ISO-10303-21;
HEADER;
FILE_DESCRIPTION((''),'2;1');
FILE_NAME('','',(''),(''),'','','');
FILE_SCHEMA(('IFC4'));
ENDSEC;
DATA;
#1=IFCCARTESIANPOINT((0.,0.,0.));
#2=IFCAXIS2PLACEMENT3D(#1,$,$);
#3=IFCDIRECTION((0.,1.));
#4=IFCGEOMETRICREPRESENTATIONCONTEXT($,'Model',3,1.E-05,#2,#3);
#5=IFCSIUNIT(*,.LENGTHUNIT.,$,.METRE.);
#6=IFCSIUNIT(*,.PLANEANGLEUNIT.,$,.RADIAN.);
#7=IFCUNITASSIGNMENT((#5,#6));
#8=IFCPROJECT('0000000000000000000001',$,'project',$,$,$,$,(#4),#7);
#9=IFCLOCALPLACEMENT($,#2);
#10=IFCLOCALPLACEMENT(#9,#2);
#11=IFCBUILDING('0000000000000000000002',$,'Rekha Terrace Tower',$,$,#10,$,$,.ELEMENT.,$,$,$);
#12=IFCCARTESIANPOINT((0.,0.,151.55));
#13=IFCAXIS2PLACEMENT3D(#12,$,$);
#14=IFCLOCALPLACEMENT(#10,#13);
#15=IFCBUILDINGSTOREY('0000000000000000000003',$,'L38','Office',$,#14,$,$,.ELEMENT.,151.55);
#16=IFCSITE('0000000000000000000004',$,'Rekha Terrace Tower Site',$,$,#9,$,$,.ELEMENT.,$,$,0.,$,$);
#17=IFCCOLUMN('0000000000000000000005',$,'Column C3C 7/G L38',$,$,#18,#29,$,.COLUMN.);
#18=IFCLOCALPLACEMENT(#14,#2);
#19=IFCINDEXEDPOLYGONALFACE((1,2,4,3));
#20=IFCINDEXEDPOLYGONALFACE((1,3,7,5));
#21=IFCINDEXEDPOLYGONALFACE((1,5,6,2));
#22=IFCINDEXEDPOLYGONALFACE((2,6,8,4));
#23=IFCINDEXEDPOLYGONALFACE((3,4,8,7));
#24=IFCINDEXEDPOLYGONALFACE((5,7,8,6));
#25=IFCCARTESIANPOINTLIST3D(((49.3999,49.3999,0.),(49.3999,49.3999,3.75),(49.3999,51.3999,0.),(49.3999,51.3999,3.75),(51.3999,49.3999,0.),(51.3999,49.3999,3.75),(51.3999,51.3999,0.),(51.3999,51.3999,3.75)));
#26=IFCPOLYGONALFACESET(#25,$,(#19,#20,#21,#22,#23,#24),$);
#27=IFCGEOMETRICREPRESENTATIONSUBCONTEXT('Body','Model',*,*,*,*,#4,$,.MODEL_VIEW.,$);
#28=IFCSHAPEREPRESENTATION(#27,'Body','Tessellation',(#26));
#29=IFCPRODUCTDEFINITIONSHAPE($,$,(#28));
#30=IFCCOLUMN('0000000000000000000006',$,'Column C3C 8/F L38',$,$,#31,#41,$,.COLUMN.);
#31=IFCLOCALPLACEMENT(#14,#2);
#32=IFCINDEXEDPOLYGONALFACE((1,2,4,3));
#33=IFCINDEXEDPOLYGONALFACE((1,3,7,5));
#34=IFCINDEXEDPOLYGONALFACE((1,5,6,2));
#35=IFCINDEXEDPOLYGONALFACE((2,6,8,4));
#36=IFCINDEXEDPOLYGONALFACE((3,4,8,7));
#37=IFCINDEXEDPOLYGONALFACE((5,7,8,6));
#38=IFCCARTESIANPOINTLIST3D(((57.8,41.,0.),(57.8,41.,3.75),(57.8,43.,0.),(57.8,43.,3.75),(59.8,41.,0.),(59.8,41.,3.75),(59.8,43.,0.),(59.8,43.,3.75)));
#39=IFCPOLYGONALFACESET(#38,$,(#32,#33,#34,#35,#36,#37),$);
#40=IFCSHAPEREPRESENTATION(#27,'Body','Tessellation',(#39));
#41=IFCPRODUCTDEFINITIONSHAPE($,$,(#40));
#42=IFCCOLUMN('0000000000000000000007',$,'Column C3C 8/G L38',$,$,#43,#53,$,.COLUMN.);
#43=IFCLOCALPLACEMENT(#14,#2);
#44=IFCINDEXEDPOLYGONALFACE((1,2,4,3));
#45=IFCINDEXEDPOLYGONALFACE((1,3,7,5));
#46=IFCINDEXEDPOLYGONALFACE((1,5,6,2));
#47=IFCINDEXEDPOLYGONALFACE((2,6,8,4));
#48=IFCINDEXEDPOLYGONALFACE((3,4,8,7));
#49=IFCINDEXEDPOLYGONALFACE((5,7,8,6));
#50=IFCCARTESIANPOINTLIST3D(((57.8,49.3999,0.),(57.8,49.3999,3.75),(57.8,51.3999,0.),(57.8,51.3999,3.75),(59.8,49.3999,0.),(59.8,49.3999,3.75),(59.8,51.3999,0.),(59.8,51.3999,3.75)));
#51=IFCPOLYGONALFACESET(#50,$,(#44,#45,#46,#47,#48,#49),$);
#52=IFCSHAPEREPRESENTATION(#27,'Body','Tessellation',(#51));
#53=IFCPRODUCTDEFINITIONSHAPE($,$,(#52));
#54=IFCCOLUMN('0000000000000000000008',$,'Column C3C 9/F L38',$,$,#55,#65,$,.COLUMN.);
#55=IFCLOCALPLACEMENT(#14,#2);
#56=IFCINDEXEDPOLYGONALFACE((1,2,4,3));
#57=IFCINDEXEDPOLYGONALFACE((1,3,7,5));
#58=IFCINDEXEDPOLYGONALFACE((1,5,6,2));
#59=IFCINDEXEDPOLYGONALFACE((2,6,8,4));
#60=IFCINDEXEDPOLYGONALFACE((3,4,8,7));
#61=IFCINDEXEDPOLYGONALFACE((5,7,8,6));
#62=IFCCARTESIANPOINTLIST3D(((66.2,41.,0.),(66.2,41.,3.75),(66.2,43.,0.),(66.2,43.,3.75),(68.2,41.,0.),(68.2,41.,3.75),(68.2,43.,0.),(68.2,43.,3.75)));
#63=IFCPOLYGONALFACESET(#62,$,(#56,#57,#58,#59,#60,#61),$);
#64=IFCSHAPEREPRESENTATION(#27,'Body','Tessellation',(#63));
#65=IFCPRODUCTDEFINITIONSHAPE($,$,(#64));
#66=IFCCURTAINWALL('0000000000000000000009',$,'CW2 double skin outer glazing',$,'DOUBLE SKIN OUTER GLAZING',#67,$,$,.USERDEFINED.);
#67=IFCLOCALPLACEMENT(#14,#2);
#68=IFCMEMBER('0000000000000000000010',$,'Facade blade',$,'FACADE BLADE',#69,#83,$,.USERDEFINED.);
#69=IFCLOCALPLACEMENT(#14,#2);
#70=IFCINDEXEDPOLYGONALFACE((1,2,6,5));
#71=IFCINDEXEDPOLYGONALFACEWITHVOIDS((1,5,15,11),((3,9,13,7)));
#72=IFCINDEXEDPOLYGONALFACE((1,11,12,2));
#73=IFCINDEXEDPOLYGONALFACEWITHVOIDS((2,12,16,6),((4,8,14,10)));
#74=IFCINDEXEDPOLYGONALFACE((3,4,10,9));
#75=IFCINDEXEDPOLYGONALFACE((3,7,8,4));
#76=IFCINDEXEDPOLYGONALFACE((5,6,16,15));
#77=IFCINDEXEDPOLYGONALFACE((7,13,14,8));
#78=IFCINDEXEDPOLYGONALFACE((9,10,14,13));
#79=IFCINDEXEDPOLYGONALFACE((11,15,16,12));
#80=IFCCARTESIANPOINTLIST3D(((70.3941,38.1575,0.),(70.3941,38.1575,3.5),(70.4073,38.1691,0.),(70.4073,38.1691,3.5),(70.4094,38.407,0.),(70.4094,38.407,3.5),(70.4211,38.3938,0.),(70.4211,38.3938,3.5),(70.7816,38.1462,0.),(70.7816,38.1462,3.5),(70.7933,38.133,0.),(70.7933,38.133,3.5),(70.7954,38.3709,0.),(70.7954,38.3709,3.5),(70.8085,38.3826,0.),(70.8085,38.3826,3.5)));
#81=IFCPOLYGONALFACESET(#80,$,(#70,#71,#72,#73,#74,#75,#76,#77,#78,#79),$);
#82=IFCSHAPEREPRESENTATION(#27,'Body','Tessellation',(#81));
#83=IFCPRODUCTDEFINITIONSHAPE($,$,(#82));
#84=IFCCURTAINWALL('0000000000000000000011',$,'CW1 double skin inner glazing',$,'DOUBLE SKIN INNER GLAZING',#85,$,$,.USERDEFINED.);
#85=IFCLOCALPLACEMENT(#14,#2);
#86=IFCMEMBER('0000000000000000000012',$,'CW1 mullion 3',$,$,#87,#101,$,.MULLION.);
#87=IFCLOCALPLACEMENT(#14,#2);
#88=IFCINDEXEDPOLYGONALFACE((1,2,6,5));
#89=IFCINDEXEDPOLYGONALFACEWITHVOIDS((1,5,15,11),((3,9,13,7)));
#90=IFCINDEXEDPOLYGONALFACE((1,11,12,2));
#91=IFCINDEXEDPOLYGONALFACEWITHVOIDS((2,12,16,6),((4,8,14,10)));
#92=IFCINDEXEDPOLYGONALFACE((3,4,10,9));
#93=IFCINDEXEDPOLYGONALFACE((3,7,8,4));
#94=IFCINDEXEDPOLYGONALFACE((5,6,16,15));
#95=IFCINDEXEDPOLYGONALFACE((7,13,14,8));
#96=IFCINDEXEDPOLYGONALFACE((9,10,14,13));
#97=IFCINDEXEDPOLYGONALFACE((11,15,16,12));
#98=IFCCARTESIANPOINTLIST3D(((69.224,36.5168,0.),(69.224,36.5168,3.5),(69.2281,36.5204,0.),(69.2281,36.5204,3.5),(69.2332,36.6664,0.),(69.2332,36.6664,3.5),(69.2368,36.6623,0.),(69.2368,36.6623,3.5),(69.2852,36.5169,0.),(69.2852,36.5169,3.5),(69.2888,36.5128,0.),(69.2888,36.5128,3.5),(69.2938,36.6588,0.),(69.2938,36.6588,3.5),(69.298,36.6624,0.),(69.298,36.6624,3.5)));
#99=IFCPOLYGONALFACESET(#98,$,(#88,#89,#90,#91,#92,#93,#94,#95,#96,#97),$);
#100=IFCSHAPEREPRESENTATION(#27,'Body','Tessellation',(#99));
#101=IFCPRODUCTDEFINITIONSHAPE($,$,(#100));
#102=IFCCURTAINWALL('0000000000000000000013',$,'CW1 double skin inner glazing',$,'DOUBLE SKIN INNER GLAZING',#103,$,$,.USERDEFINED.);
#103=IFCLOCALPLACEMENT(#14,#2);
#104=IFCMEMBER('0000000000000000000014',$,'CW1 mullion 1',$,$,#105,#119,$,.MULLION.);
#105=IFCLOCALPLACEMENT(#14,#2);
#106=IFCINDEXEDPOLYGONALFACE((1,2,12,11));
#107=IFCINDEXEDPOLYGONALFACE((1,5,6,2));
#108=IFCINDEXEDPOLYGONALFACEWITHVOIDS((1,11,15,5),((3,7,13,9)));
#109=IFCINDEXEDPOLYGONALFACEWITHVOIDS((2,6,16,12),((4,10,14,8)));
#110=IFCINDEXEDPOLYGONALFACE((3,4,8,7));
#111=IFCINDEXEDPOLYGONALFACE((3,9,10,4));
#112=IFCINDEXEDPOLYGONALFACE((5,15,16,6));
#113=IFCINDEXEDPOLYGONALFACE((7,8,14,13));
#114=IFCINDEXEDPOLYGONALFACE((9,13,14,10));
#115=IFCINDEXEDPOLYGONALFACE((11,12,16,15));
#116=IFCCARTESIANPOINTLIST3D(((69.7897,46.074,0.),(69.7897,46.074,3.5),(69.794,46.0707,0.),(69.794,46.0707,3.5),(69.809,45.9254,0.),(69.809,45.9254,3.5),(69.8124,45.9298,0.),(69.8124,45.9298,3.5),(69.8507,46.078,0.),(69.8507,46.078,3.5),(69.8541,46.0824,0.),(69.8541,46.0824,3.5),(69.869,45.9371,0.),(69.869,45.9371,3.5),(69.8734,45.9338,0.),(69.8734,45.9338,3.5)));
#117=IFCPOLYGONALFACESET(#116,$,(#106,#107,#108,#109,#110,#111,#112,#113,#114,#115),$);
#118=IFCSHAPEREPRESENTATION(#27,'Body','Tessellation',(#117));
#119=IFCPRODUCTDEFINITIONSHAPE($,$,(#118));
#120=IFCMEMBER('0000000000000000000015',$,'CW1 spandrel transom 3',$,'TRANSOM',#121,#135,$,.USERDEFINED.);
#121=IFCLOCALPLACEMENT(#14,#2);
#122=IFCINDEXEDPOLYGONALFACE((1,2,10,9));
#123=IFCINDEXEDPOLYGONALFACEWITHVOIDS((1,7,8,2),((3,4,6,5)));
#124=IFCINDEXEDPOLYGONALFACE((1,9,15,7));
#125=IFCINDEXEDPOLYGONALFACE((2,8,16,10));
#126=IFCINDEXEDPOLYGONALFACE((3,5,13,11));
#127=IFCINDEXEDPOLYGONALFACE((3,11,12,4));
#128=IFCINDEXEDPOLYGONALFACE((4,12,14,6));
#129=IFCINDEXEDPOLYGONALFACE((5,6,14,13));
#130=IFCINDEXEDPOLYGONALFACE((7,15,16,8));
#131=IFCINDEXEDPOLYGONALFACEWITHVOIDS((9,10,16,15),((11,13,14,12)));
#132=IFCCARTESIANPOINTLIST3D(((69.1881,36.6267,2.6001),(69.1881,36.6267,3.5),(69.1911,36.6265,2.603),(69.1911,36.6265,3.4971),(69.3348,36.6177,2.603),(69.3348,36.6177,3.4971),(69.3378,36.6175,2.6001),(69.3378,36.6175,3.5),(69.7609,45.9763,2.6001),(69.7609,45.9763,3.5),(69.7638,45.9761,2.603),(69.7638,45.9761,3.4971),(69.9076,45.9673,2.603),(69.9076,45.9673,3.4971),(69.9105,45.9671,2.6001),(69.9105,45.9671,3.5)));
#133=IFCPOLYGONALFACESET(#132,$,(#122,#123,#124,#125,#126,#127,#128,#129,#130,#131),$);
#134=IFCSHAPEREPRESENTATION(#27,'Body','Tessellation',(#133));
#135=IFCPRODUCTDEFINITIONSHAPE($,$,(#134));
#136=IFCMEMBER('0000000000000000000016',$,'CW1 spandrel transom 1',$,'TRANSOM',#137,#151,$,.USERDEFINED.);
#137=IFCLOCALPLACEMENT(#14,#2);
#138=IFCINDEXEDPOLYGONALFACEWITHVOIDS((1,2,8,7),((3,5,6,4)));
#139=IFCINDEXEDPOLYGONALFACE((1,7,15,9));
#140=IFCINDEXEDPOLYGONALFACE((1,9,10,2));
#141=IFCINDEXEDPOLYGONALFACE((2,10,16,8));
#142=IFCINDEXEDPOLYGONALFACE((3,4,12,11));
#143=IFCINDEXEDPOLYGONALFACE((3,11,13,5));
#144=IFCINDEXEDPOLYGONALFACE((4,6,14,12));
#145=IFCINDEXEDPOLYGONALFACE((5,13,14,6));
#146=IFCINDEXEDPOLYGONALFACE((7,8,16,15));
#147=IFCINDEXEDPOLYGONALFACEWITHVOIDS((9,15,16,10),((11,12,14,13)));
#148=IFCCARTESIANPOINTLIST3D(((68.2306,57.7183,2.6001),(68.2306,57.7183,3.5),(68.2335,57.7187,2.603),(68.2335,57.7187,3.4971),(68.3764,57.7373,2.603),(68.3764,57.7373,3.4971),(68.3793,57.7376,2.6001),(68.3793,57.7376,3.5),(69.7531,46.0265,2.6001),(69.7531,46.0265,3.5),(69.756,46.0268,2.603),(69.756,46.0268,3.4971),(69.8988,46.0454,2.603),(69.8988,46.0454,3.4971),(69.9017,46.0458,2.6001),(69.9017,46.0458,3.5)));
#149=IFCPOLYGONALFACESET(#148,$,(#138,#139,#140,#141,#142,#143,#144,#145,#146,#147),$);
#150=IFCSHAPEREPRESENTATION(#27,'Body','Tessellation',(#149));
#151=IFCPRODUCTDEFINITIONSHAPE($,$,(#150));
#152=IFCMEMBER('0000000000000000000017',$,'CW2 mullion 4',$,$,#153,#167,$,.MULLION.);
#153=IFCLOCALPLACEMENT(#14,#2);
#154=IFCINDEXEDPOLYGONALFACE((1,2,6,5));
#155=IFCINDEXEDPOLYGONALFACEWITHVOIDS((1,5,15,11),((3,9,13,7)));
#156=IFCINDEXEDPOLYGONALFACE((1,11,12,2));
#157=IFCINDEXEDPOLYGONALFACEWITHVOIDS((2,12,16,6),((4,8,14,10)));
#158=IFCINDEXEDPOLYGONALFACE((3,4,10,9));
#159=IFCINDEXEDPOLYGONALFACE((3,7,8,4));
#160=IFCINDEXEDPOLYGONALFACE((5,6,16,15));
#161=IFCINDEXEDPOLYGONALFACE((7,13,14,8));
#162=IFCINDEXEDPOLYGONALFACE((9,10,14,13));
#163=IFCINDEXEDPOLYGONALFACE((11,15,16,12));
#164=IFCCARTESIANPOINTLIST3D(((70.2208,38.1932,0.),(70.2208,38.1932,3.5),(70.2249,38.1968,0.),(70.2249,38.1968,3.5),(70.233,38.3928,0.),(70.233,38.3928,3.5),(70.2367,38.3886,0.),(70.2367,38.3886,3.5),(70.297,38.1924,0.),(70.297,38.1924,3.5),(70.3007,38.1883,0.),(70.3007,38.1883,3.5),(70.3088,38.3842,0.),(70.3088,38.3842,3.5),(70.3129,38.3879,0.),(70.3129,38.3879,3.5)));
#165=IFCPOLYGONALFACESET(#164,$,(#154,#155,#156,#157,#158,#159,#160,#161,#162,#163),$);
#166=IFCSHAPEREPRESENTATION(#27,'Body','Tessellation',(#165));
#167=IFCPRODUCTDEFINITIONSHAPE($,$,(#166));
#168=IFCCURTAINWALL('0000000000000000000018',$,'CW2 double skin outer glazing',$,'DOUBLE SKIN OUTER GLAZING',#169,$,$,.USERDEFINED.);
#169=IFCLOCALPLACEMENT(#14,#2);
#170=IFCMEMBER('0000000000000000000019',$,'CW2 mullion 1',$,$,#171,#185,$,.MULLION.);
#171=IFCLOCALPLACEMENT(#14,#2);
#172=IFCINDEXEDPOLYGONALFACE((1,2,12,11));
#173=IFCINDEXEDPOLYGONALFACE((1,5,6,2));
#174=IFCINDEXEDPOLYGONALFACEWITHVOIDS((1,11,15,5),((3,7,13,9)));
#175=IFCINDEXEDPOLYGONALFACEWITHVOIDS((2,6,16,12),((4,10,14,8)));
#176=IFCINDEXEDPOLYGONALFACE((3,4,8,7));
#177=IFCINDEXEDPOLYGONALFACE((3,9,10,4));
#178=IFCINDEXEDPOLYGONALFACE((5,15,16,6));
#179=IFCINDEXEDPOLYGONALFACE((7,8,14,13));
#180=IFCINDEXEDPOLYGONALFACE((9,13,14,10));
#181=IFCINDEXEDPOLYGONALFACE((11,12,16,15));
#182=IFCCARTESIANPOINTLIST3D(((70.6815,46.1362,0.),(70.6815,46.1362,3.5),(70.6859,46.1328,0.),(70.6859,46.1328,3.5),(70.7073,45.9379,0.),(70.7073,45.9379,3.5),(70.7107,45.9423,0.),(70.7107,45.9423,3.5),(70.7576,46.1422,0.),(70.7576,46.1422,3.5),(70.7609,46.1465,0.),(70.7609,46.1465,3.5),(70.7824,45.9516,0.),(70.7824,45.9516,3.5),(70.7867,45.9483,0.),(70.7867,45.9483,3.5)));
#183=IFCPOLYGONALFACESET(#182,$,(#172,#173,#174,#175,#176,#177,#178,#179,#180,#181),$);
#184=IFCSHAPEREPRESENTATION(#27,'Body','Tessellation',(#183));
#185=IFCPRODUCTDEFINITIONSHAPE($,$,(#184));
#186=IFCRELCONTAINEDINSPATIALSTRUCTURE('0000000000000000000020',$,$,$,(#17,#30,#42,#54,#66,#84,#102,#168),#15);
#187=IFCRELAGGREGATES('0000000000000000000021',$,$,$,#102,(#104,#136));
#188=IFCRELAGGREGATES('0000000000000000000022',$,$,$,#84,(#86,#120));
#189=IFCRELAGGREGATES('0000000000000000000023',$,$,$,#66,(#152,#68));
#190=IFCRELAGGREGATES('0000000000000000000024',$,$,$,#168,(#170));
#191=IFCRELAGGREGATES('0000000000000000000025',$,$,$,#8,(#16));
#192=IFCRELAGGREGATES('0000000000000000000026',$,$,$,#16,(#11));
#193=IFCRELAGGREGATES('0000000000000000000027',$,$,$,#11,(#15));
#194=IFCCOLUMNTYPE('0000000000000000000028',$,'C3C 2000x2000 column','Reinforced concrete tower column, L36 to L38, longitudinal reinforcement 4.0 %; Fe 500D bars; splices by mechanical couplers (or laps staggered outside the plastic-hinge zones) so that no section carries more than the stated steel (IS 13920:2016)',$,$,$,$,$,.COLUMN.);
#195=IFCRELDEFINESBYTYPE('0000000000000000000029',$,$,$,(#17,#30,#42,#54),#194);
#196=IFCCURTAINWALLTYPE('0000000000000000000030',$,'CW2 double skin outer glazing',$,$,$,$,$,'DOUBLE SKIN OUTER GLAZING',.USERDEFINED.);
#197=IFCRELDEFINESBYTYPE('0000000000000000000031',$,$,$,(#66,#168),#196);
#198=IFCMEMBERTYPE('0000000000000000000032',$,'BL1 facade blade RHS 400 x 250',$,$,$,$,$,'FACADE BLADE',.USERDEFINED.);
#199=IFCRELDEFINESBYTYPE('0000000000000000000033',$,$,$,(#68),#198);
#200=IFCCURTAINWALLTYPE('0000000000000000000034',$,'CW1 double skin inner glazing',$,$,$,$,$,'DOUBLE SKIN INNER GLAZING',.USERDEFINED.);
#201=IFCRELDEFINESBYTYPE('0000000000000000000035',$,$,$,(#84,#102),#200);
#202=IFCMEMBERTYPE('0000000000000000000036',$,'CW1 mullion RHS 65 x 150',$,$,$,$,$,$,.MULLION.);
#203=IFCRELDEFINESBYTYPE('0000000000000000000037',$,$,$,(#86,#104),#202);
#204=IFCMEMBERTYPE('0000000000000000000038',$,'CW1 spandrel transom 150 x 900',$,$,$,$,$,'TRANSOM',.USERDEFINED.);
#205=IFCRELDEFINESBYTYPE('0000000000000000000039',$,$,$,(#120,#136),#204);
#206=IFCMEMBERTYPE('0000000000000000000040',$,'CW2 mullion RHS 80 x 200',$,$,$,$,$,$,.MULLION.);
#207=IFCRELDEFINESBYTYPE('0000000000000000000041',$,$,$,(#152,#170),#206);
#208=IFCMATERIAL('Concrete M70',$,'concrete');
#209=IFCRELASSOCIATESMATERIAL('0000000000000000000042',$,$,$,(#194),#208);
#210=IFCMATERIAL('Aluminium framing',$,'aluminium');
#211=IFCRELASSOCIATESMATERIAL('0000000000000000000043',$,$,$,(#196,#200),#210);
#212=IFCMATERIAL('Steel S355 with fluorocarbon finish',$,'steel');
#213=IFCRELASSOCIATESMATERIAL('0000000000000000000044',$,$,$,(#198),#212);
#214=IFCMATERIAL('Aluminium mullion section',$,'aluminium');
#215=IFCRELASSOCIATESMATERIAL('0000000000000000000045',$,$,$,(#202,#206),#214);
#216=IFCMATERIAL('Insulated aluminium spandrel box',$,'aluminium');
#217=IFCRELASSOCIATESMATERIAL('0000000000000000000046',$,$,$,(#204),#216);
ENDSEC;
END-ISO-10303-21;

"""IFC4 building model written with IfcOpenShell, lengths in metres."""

from ifc_helpers import new_model, si_unit, direction, frame, origin, origin_2d, place, context, subcontext, project, spatial, rectangle, hollow_rectangle, extrude, material, material_profile, profile_set, type_object, element, aggregate, save


model = new_model("IFC4")

# Units and contexts
model_context = context("Model", 3, precision=1e-05, world=origin(), true_north=direction((0.0, 1.0)))
body_context = subcontext(model_context, "Body", "Model", "MODEL_VIEW")
ifc_project = project(units=[si_unit("LENGTHUNIT", "METRE"), si_unit("PLANEANGLEUNIT", "RADIAN")], contexts=[model_context])

# Site, building, storey
site_placement = place(None, origin())
site = spatial("IfcSite", under=ifc_project, at=site_placement, Name="Rekha Terrace Tower Site", CompositionType="ELEMENT", RefElevation=0.0)
building_placement = place(site_placement, origin())
building = spatial("IfcBuilding", under=site, at=building_placement, Name="Rekha Terrace Tower", CompositionType="ELEMENT")
storey_placement = place(building_placement, frame((0.0, 0.0, 151.55)))
storey = spatial("IfcBuildingStorey", under=building, at=storey_placement, Name="L38", Description="Office", CompositionType="ELEMENT", Elevation=151.55)

# Columns
ifc_material_1 = material(Name="Concrete M70", Category="concrete")
ifc_material_profile_1 = material_profile(ifc_material_1, rectangle(XDim=2.0, YDim=2.0, at=origin_2d()), Name="RC 2000x2000")
ifc_profile_set_1 = profile_set([ifc_material_profile_1], Name="Concrete M70")
column_type = type_object("IfcColumnType", Name="C3C 2000x2000 column", Description="Reinforced concrete tower column, L36 to L38, longitudinal reinforcement 4.0 %; Fe 500D bars; splices by mechanical couplers (or laps staggered outside the plastic-hinge zones) so that no section carries more than the stated steel (IS 13920:2016)", PredefinedType="COLUMN", material=ifc_profile_set_1)
for number, where, z_axis, x_axis, name in (
    (1, (50.3999, 50.3999, 0.0), (0.0, 0.0, 1.0), (1.0, 0.0, 0.0), "Column C3C 7/G L38"),
    (2, (58.8, 42.0, 0.0), (0.0, 0.0, 1.0), (1.0, 0.0, 0.0), "Column C3C 8/F L38"),
    (3, (58.8, 50.3999, 0.0), (0.0, 0.0, 1.0), (1.0, 0.0, 0.0), "Column C3C 8/G L38"),
    (4, (67.2, 42.0, 0.0), (0.0, 0.0, 1.0), (1.0, 0.0, 0.0), "Column C3C 9/F L38"),
):
    element("IfcColumn", number, at=place(storey_placement, frame(where, z_axis=z_axis, x_axis=x_axis)), inside=storey, type_object=column_type, Name=name, PredefinedType="COLUMN", context=body_context, shape_type="SweptSolid", body=[
        extrude(rectangle(XDim=2.0, YDim=2.0, at=origin_2d()), origin(), (0.0, 0.0, 1.0), 3.75),
    ])

# Curtain walls, members
ifc_material_2 = material(Name="Aluminium framing", Category="aluminium")
curtain_wall_type_1 = type_object("IfcCurtainWallType", Name="CW2 double skin outer glazing", ElementType="DOUBLE SKIN OUTER GLAZING", PredefinedType="USERDEFINED", material=ifc_material_2)
curtain_wall_1_placement = place(storey_placement, origin())
curtain_wall_1 = element("IfcCurtainWall", 5, at=curtain_wall_1_placement, inside=storey, type_object=curtain_wall_type_1, Name="CW2 double skin outer glazing", ObjectType="DOUBLE SKIN OUTER GLAZING", PredefinedType="USERDEFINED")
ifc_material_3 = material(Name="Steel S355 with fluorocarbon finish", Category="steel")
ifc_material_profile_2 = material_profile(ifc_material_3, hollow_rectangle(XDim=0.25, YDim=0.3999, WallThickness=0.0125, at=origin_2d()), Name="RHS400x250x12.5")
ifc_profile_set_2 = profile_set([ifc_material_profile_2], Name="Steel S355 with fluorocarbon finish")
member_type_1 = type_object("IfcMemberType", Name="BL1 facade blade RHS 400 x 250", ElementType="FACADE BLADE", PredefinedType="USERDEFINED", material=ifc_profile_set_2)
member_1_placement = place(storey_placement, frame((70.6013, 38.27, 0.0), z_axis=(0.0, 0.0, 1.0), x_axis=(0.06116, 0.998128, 0.0)))
member_1 = element("IfcMember", 6, at=member_1_placement, type_object=member_type_1, Name="Facade blade", ObjectType="FACADE BLADE", PredefinedType="USERDEFINED", context=body_context, shape_type="SweptSolid", body=[
    extrude(hollow_rectangle(XDim=0.25, YDim=0.3999, WallThickness=0.0125, at=origin_2d()), origin(), (0.0, 0.0, 1.0), 3.5),
])
curtain_wall_type_2 = type_object("IfcCurtainWallType", Name="CW1 double skin inner glazing", ElementType="DOUBLE SKIN INNER GLAZING", PredefinedType="USERDEFINED", material=ifc_material_2)
curtain_wall_2_placement = place(storey_placement, origin())
curtain_wall_2 = element("IfcCurtainWall", 7, at=curtain_wall_2_placement, inside=storey, type_object=curtain_wall_type_2, Name="CW1 double skin inner glazing", ObjectType="DOUBLE SKIN INNER GLAZING", PredefinedType="USERDEFINED")
ifc_material_4 = material(Name="Aluminium mullion section", Category="aluminium")
ifc_material_profile_3 = material_profile(ifc_material_4, hollow_rectangle(XDim=0.0649, YDim=0.1499, WallThickness=0.0039, at=origin_2d()), Name="AL RHS 65x150")
ifc_profile_set_3 = profile_set([ifc_material_profile_3], Name="Aluminium mullion section")
member_type_2 = type_object("IfcMemberType", Name="CW1 mullion RHS 65 x 150", PredefinedType="MULLION", material=ifc_profile_set_3)
member_2_placement = place(storey_placement, frame((69.261, 36.5896, 0.0), z_axis=(0.0, 0.0, 1.0), x_axis=(-0.998128, 0.06116, 0.0)))
member_2 = element("IfcMember", 8, at=member_2_placement, type_object=member_type_2, Name="CW1 mullion 3", PredefinedType="MULLION", context=body_context, shape_type="SweptSolid", body=[
    extrude(hollow_rectangle(XDim=0.0649, YDim=0.1499, WallThickness=0.0039, at=origin_2d()), origin(), (0.0, 0.0, 1.0), 3.5),
])
curtain_wall_3_placement = place(storey_placement, origin())
curtain_wall_3 = element("IfcCurtainWall", 9, at=curtain_wall_3_placement, inside=storey, type_object=curtain_wall_type_2, Name="CW1 double skin inner glazing", ObjectType="DOUBLE SKIN INNER GLAZING", PredefinedType="USERDEFINED")
member_3_placement = place(storey_placement, frame((69.8315, 46.0039, 0.0), z_axis=(0.0, 0.0, 1.0), x_axis=(-0.991629, -0.129118, 0.0)))
member_3 = element("IfcMember", 10, at=member_3_placement, type_object=member_type_2, Name="CW1 mullion 1", PredefinedType="MULLION", context=body_context, shape_type="SweptSolid", body=[
    extrude(hollow_rectangle(XDim=0.0649, YDim=0.1499, WallThickness=0.0039, at=origin_2d()), origin(), (0.0, 0.0, 1.0), 3.5),
])

# Members
ifc_material_5 = material(Name="Insulated aluminium spandrel box", Category="aluminium")
ifc_material_profile_4 = material_profile(ifc_material_5, hollow_rectangle(XDim=0.1499, YDim=0.8999, WallThickness=0.0029, at=origin_2d()), Name="AL SPANDREL BOX 150x900")
ifc_profile_set_4 = profile_set([ifc_material_profile_4], Name="Insulated aluminium spandrel box")
member_type_3 = type_object("IfcMemberType", Name="CW1 spandrel transom 150 x 900", ElementType="TRANSOM", PredefinedType="USERDEFINED", material=ifc_profile_set_4)
member_4_placement = place(storey_placement, frame((69.2629, 36.6221, 3.05), z_axis=(0.061145, 0.998129, 0.0), x_axis=(-0.998129, 0.061145, 0.0)))
member_4 = element("IfcMember", 11, at=member_4_placement, type_object=member_type_3, Name="CW1 spandrel transom 3", ObjectType="TRANSOM", PredefinedType="USERDEFINED", context=body_context, shape_type="SweptSolid", body=[
    extrude(hollow_rectangle(XDim=0.1499, YDim=0.8999, WallThickness=0.0029, at=origin_2d()), origin(), (0.0, 0.0, 1.0), 9.3672),
])
member_5_placement = place(storey_placement, frame((69.8274, 46.0361, 3.05), z_axis=(-0.129125, 0.991628, 0.0), x_axis=(-0.991628, -0.129125, 0.0)))
member_5 = element("IfcMember", 12, at=member_5_placement, type_object=member_type_3, Name="CW1 spandrel transom 1", ObjectType="TRANSOM", PredefinedType="USERDEFINED", context=body_context, shape_type="SweptSolid", body=[
    extrude(hollow_rectangle(XDim=0.1499, YDim=0.8999, WallThickness=0.0029, at=origin_2d()), origin(), (0.0, 0.0, 1.0), 11.7905),
])
aggregate(curtain_wall_3, [member_3, member_5])
ifc_material_profile_5 = material_profile(ifc_material_4, hollow_rectangle(XDim=0.0801, YDim=0.2, WallThickness=0.0039, at=origin_2d()), Name="AL RHS 80x200")
ifc_profile_set_5 = profile_set([ifc_material_profile_5], Name="Aluminium mullion section")
member_type_4 = type_object("IfcMemberType", Name="CW2 mullion RHS 80 x 200", PredefinedType="MULLION", material=ifc_profile_set_5)
member_6_placement = place(storey_placement, frame((70.2668, 38.2905, 0.0), z_axis=(0.0, 0.0, 1.0), x_axis=(-0.998128, 0.06116, 0.0)))
member_6 = element("IfcMember", 13, at=member_6_placement, type_object=member_type_4, Name="CW2 mullion 4", PredefinedType="MULLION", context=body_context, shape_type="SweptSolid", body=[
    extrude(hollow_rectangle(XDim=0.0801, YDim=0.2, WallThickness=0.0039, at=origin_2d()), origin(), (0.0, 0.0, 1.0), 3.5),
])

# Curtain wall, member
curtain_wall_4_placement = place(storey_placement, origin())
curtain_wall_4 = element("IfcCurtainWall", 14, at=curtain_wall_4_placement, inside=storey, type_object=curtain_wall_type_1, Name="CW2 double skin outer glazing", ObjectType="DOUBLE SKIN OUTER GLAZING", PredefinedType="USERDEFINED")
member_7_placement = place(storey_placement, frame((70.7341, 46.0422, 0.0), z_axis=(0.0, 0.0, 1.0), x_axis=(-0.991629, -0.129118, 0.0)))
member_7 = element("IfcMember", 15, at=member_7_placement, type_object=member_type_4, Name="CW2 mullion 1", PredefinedType="MULLION", context=body_context, shape_type="SweptSolid", body=[
    extrude(hollow_rectangle(XDim=0.0801, YDim=0.2, WallThickness=0.0039, at=origin_2d()), origin(), (0.0, 0.0, 1.0), 3.5),
])

aggregate(curtain_wall_2, [member_2, member_4])
aggregate(curtain_wall_1, [member_6, member_1])
aggregate(curtain_wall_4, [member_7])

save(model, "model.ifc")
